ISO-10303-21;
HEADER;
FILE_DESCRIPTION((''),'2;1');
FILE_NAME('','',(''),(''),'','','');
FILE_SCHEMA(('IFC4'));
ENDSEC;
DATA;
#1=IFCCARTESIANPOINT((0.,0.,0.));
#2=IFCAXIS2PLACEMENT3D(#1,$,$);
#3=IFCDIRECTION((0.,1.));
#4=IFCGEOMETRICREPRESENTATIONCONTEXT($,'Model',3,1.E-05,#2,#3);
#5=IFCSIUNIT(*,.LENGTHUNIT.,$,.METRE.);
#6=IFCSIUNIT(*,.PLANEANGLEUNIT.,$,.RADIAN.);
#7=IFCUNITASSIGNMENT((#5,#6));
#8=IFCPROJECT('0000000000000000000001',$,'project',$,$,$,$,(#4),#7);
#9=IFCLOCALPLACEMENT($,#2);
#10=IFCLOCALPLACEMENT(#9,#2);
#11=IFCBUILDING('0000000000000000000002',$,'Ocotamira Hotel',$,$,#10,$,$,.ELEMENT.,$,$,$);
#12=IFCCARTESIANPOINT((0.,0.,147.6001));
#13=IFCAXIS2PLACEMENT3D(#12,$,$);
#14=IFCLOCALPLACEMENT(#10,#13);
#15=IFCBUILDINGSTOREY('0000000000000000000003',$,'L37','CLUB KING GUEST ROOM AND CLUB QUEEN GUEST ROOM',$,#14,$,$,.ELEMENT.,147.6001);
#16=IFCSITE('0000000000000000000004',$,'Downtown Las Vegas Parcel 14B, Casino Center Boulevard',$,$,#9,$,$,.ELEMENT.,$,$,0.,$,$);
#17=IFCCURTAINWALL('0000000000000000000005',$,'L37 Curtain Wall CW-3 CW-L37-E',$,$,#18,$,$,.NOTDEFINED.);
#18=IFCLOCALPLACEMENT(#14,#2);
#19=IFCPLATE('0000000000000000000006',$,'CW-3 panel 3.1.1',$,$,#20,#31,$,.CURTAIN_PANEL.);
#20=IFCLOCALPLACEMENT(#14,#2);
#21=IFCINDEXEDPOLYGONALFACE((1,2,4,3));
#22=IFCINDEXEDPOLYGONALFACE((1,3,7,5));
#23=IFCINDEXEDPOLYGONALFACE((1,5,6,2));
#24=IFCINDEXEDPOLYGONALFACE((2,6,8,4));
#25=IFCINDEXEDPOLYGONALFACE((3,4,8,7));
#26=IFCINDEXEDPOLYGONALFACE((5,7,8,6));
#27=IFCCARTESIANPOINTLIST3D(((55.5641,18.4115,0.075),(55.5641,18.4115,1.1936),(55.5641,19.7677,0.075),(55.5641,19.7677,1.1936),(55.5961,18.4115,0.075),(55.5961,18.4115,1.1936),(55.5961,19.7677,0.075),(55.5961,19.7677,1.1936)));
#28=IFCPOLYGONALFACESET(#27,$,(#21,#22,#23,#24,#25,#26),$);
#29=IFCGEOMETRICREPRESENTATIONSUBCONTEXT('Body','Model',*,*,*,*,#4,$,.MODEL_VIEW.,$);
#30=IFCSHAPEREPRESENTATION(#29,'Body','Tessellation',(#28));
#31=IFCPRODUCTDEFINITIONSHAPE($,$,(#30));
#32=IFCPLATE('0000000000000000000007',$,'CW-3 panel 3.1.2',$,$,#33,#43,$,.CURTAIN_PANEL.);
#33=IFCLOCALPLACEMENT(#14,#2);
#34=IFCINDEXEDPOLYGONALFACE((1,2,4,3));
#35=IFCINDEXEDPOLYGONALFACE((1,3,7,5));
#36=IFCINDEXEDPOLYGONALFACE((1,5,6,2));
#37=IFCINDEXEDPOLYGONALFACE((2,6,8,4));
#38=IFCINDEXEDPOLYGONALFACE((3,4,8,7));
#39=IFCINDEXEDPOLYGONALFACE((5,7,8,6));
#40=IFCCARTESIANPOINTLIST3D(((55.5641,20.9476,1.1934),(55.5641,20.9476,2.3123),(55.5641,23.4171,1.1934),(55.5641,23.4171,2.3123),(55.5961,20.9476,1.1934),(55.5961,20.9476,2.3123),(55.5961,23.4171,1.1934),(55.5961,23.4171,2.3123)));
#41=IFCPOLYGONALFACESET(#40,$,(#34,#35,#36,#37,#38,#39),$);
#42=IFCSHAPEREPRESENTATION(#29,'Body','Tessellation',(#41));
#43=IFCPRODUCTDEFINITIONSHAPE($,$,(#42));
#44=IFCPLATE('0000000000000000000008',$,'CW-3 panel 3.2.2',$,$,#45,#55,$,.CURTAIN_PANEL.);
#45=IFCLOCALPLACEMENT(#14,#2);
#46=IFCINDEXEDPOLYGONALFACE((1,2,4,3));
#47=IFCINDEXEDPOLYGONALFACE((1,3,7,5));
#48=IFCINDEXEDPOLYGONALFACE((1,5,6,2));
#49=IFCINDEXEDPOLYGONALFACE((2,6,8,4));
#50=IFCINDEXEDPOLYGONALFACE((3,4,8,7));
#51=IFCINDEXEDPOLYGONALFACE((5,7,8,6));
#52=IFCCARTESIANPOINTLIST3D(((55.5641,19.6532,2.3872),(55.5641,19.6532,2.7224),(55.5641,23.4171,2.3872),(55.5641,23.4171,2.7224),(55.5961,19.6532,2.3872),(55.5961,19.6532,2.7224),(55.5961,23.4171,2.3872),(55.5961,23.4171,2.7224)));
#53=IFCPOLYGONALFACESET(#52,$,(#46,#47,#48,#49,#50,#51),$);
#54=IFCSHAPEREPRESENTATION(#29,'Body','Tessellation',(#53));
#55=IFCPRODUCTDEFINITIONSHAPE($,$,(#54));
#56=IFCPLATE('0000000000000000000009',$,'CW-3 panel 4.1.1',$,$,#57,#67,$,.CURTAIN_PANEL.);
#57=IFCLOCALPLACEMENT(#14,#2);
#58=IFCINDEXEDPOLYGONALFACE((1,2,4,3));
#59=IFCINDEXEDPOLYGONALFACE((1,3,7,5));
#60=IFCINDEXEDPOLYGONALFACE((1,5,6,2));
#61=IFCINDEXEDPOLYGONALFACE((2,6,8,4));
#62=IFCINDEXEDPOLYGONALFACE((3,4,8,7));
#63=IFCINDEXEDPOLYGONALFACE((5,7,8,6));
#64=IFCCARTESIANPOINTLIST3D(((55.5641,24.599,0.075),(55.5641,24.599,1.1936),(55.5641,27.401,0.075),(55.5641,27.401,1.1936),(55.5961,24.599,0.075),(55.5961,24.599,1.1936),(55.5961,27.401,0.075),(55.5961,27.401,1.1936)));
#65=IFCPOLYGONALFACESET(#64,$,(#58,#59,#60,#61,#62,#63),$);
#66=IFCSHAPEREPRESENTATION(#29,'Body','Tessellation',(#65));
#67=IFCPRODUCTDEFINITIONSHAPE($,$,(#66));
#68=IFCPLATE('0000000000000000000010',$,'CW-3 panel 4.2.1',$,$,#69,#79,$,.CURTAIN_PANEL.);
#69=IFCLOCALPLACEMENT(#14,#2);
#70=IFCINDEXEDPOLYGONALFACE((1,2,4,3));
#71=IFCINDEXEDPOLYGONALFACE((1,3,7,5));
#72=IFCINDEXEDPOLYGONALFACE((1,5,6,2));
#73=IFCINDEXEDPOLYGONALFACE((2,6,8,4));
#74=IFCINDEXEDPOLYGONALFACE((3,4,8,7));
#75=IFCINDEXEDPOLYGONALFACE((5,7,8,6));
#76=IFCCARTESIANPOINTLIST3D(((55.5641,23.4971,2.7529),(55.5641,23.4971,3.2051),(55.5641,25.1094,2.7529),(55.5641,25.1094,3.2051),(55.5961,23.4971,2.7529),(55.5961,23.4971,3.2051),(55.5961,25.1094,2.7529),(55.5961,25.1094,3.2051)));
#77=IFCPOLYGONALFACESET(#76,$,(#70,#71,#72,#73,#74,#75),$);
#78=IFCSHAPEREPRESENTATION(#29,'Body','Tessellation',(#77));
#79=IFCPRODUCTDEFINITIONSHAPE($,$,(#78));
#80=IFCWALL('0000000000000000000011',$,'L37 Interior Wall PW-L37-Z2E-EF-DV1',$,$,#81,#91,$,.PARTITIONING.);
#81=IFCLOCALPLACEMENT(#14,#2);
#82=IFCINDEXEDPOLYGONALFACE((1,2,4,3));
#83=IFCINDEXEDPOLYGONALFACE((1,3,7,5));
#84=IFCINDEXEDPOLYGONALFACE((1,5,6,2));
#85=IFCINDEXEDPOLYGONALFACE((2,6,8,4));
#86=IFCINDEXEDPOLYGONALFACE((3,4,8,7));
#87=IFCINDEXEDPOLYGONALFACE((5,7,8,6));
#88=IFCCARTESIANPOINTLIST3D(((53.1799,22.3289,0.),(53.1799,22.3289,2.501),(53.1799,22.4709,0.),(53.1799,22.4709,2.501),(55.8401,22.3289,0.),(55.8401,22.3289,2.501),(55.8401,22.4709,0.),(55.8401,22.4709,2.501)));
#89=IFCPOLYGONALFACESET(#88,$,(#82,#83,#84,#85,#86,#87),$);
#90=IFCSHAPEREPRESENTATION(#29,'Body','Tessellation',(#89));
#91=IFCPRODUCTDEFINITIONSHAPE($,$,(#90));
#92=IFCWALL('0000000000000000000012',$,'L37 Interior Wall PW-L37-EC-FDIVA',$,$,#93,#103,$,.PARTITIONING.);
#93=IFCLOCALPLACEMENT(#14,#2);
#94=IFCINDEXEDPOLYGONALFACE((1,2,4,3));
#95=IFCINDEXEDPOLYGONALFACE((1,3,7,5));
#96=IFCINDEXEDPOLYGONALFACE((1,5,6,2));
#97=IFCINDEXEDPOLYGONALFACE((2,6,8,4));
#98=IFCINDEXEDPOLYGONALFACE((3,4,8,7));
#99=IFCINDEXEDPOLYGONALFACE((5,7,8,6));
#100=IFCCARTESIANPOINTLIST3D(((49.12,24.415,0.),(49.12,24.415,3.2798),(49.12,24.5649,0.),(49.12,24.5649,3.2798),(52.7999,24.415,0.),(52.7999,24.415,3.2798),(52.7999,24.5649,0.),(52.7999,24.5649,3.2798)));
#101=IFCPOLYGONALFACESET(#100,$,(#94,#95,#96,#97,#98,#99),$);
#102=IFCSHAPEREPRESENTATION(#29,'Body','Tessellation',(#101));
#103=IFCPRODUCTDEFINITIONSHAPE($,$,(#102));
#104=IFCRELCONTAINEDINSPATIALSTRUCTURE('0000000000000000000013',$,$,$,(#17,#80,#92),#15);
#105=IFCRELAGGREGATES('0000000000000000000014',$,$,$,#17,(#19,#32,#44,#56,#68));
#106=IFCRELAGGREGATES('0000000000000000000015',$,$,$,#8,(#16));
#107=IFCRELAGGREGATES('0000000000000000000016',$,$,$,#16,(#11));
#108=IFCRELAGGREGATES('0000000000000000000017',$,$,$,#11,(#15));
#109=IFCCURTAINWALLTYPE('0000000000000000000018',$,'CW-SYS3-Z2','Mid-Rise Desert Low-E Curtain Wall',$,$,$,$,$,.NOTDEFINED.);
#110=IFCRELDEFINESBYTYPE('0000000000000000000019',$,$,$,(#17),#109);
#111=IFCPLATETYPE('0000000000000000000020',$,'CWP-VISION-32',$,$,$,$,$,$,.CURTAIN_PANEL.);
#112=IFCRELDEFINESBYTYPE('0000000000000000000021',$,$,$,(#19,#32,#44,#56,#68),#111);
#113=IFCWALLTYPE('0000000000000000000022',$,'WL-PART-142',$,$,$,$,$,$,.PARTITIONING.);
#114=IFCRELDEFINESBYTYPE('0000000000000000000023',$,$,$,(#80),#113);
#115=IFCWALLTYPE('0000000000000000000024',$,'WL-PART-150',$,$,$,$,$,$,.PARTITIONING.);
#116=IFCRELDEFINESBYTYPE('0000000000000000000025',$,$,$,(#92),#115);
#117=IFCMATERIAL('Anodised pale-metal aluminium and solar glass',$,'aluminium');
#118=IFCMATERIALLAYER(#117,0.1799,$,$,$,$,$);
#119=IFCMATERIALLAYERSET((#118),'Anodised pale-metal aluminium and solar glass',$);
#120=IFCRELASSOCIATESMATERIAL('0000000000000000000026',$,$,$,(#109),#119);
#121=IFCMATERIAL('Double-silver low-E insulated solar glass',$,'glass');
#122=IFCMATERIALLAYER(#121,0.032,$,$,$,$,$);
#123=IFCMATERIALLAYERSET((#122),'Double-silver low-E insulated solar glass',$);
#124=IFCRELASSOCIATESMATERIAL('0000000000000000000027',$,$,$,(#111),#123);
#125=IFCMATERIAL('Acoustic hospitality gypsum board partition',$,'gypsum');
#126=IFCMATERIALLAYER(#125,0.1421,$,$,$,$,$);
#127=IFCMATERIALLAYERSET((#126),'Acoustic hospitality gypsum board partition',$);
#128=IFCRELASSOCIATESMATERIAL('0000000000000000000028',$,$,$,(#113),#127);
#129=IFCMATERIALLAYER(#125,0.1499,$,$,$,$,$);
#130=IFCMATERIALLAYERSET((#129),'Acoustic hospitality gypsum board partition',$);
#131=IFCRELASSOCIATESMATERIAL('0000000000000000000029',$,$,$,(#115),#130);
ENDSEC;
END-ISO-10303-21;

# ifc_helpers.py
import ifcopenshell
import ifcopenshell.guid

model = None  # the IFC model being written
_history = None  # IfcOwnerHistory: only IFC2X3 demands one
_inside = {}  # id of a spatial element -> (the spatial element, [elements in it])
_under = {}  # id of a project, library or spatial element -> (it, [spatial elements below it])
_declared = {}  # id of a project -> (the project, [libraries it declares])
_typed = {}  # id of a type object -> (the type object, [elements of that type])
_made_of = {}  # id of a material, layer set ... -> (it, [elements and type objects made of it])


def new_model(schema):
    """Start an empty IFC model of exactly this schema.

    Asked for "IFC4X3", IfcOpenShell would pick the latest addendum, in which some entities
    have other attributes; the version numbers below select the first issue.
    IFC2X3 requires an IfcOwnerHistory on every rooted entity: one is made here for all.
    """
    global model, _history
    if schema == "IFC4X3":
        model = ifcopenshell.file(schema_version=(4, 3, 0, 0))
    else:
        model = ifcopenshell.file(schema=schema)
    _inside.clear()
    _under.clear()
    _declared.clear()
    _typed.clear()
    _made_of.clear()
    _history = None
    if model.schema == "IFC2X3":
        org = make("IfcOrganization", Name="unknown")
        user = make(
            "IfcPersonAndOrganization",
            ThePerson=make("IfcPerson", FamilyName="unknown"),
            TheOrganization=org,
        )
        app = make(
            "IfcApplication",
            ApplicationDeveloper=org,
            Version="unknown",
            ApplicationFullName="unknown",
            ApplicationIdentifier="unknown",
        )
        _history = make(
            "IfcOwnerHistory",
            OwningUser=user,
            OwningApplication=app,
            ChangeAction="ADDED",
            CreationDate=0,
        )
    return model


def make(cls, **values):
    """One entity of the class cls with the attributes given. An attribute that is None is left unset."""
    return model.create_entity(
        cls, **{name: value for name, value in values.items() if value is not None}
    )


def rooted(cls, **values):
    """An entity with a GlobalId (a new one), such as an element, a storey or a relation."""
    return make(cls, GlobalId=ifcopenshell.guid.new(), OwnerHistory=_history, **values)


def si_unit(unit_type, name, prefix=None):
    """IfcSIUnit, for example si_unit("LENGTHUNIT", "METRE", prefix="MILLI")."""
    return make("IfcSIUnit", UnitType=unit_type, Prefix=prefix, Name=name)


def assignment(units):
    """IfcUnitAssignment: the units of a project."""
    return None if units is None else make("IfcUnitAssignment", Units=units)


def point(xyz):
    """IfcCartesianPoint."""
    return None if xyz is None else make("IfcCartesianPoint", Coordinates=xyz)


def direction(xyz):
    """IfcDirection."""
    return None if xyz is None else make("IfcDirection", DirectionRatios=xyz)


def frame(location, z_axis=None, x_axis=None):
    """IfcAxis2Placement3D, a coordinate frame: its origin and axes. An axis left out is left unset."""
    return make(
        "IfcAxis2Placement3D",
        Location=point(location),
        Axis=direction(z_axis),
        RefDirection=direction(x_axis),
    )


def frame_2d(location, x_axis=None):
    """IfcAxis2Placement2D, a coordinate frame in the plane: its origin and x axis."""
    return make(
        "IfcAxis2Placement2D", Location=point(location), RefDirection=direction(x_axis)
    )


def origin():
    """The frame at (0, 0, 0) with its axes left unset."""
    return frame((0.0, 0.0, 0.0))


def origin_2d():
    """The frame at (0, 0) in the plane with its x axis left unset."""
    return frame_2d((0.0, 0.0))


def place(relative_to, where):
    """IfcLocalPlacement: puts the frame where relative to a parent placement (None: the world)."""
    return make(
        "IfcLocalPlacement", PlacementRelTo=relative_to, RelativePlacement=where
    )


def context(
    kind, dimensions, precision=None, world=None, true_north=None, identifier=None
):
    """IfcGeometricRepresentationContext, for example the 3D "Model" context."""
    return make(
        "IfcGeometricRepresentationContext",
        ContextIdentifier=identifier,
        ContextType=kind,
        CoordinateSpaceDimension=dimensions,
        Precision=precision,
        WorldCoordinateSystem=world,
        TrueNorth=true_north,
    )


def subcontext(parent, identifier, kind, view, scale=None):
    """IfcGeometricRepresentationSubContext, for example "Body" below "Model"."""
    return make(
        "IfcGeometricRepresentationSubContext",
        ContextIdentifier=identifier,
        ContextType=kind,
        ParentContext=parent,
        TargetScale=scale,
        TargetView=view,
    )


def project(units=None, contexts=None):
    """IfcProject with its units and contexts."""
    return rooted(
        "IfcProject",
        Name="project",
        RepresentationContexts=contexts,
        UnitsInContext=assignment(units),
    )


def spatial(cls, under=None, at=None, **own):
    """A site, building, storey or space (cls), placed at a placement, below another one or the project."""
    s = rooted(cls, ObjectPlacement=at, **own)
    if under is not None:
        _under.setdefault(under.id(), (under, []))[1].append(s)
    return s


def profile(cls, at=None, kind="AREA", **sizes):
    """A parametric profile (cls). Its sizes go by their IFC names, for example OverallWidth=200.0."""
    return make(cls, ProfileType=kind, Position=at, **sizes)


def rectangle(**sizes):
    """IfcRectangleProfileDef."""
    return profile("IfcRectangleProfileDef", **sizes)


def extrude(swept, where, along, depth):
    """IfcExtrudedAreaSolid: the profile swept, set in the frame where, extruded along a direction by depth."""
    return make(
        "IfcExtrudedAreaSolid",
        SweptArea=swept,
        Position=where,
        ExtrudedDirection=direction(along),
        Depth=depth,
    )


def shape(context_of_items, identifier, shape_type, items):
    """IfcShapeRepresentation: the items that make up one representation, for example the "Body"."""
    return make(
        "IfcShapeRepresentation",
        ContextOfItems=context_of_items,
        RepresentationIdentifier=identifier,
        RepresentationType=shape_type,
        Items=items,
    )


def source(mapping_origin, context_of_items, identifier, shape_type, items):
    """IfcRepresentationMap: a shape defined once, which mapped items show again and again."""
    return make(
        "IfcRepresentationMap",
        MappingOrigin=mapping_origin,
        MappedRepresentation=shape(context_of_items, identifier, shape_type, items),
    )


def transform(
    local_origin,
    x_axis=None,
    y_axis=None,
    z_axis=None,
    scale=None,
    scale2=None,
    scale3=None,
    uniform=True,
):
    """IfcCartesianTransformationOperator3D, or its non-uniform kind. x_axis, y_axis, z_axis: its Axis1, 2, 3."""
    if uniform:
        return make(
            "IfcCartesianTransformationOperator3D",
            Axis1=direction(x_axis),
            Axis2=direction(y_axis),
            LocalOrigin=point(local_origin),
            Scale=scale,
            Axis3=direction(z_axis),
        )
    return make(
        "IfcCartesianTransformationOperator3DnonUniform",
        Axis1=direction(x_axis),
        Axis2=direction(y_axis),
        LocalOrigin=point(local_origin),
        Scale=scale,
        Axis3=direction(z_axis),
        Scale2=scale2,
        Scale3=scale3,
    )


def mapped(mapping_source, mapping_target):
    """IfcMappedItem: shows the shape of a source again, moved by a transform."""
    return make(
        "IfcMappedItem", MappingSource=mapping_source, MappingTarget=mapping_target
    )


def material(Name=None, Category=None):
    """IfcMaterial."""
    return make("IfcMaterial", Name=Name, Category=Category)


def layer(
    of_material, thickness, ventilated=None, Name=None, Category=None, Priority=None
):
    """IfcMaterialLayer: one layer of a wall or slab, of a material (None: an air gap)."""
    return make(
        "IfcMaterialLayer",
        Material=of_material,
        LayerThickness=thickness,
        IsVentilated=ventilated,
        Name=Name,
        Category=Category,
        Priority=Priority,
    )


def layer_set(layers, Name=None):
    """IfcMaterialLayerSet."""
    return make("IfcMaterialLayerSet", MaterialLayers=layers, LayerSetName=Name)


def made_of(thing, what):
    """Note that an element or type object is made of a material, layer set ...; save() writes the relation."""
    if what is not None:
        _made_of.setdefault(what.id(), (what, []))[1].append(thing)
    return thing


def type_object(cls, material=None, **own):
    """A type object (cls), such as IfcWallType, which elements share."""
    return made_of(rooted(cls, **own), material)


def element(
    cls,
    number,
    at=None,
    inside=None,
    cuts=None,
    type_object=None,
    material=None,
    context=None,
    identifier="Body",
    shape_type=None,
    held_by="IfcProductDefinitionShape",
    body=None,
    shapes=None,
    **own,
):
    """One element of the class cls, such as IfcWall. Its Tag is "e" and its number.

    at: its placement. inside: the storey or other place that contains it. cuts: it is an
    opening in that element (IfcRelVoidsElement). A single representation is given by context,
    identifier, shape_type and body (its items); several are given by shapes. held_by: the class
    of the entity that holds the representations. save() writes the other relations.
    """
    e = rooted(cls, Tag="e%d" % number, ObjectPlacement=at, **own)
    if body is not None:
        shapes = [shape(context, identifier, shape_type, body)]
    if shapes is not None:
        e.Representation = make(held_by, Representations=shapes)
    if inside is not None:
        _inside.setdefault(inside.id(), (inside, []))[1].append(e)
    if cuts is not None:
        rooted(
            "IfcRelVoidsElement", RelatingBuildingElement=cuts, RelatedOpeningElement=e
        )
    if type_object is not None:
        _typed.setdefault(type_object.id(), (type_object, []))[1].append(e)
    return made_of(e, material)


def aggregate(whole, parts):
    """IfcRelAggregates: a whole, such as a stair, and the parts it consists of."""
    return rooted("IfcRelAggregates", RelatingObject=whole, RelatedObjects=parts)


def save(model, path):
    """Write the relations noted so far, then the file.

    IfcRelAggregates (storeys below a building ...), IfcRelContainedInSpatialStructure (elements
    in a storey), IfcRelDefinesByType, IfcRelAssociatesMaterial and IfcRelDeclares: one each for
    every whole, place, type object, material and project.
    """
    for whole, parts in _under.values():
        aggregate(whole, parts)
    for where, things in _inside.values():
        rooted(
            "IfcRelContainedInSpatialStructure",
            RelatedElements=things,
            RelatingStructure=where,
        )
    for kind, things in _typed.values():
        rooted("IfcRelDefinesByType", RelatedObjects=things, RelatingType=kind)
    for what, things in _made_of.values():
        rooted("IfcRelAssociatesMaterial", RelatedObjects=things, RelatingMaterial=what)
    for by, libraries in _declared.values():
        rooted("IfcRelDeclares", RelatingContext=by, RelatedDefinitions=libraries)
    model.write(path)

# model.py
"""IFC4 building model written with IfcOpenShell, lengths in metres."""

from ifc_helpers import new_model, si_unit, direction, frame, frame_2d, origin, origin_2d, place, context, subcontext, project, spatial, rectangle, extrude, source, transform, mapped, material, layer, layer_set, type_object, element, aggregate, save


model = new_model("IFC4")

# Units and contexts
model_context = context("Model", 3, precision=1e-05, world=origin(), true_north=direction((0.0, 1.0)))
body_context = subcontext(model_context, "Body", "Model", "MODEL_VIEW")
ifc_project = project(units=[si_unit("LENGTHUNIT", "METRE"), si_unit("PLANEANGLEUNIT", "RADIAN")], contexts=[model_context])

# Site, building, storey
site_placement = place(None, origin())
site = spatial("IfcSite", under=ifc_project, at=site_placement, Name="Downtown Las Vegas Parcel 14B, Casino Center Boulevard", CompositionType="ELEMENT", RefElevation=0.0)
building_placement = place(site_placement, origin())
building = spatial("IfcBuilding", under=site, at=building_placement, Name="Ocotamira Hotel", CompositionType="ELEMENT")
storey_placement = place(building_placement, frame((0.0, 0.0, 147.6001)))
storey = spatial("IfcBuildingStorey", under=building, at=storey_placement, Name="L37", Description="CLUB KING GUEST ROOM AND CLUB QUEEN GUEST ROOM", CompositionType="ELEMENT", Elevation=147.6001)

# Curtain wall
ifc_material_1 = material(Name="Anodised pale-metal aluminium and solar glass", Category="aluminium")
ifc_layer_1 = layer(ifc_material_1, 0.1799)
ifc_layer_set_1 = layer_set([ifc_layer_1], Name="Anodised pale-metal aluminium and solar glass")
curtain_wall_type = type_object("IfcCurtainWallType", Name="CW-SYS3-Z2", Description="Mid-Rise Desert Low-E Curtain Wall", PredefinedType="NOTDEFINED", material=ifc_layer_set_1)
curtain_wall_placement = place(storey_placement, origin())
curtain_wall = element("IfcCurtainWall", 1, at=curtain_wall_placement, inside=storey, type_object=curtain_wall_type, Name="L37 Curtain Wall CW-3 CW-L37-E", PredefinedType="NOTDEFINED")

# Plates
ifc_material_2 = material(Name="Double-silver low-E insulated solar glass", Category="glass")
ifc_layer_2 = layer(ifc_material_2, 0.032)
ifc_layer_set_2 = layer_set([ifc_layer_2], Name="Double-silver low-E insulated solar glass")
plate_type_1 = type_object("IfcPlateType", Name="CWP-VISION-32", PredefinedType="CURTAIN_PANEL", material=ifc_layer_set_2)
shared_shape_1 = source(origin(), body_context, "Body", "SweptSolid", [
    extrude(rectangle(XDim=1.3562, YDim=0.032, at=origin_2d()), origin(), (0.0, 0.0, 1.0), 1.1187),
])
plate_1_placement = place(storey_placement, frame((55.5801, 19.0896, 0.075), z_axis=(0.0, 0.0, 1.0), x_axis=(0.0, 1.0, 0.0)))
plate_1 = element("IfcPlate", 2, at=plate_1_placement, type_object=plate_type_1, Name="CW-3 panel 3.1.1", PredefinedType="CURTAIN_PANEL", context=body_context, shape_type="MappedRepresentation", body=[
    mapped(shared_shape_1, transform((0.0, 0.0, 0.0), scale=1.0)),
])
shared_shape_2 = source(origin(), body_context, "Body", "SweptSolid", [
    extrude(rectangle(XDim=2.4695, YDim=0.032, at=origin_2d()), origin(), (0.0, 0.0, 1.0), 1.1189),
])
plate_2_placement = place(storey_placement, frame((55.5801, 22.1824, 1.1934), z_axis=(0.0, 0.0, 1.0), x_axis=(0.0, 1.0, 0.0)))
plate_2 = element("IfcPlate", 3, at=plate_2_placement, type_object=plate_type_1, Name="CW-3 panel 3.1.2", PredefinedType="CURTAIN_PANEL", context=body_context, shape_type="MappedRepresentation", body=[
    mapped(shared_shape_2, transform((0.0, 0.0, 0.0), scale=1.0)),
])
shared_shape_3 = source(origin(), body_context, "Body", "SweptSolid", [
    extrude(rectangle(XDim=3.7639, YDim=0.032, at=origin_2d()), origin(), (0.0, 0.0, 1.0), 0.3352),
])
plate_3_placement = place(storey_placement, frame((55.5801, 21.5352, 2.3872), z_axis=(0.0, 0.0, 1.0), x_axis=(0.0, 1.0, 0.0)))
plate_3 = element("IfcPlate", 4, at=plate_3_placement, type_object=plate_type_1, Name="CW-3 panel 3.2.2", PredefinedType="CURTAIN_PANEL", context=body_context, shape_type="MappedRepresentation", body=[
    mapped(shared_shape_3, transform((0.0, 0.0, 0.0), scale=1.0)),
])
shared_shape_4 = source(origin(), body_context, "Body", "SweptSolid", [
    extrude(rectangle(XDim=2.802, YDim=0.032, at=origin_2d()), origin(), (0.0, 0.0, 1.0), 1.1187),
])
plate_4_placement = place(storey_placement, frame((55.5801, 26.0, 0.075), z_axis=(0.0, 0.0, 1.0), x_axis=(0.0, 1.0, 0.0)))
plate_4 = element("IfcPlate", 5, at=plate_4_placement, type_object=plate_type_1, Name="CW-3 panel 4.1.1", PredefinedType="CURTAIN_PANEL", context=body_context, shape_type="MappedRepresentation", body=[
    mapped(shared_shape_4, transform((0.0, 0.0, 0.0), scale=1.0)),
])
shared_shape_5 = source(origin(), body_context, "Body", "SweptSolid", [
    extrude(rectangle(XDim=1.6123, YDim=0.032, at=origin_2d()), origin(), (0.0, 0.0, 1.0), 0.4521),
])
plate_5_placement = place(storey_placement, frame((55.5801, 24.3032, 2.7529), z_axis=(0.0, 0.0, 1.0), x_axis=(0.0, 1.0, 0.0)))
plate_5 = element("IfcPlate", 6, at=plate_5_placement, type_object=plate_type_1, Name="CW-3 panel 4.2.1", PredefinedType="CURTAIN_PANEL", context=body_context, shape_type="MappedRepresentation", body=[
    mapped(shared_shape_5, transform((0.0, 0.0, 0.0), scale=1.0)),
])
aggregate(curtain_wall, [plate_1, plate_2, plate_3, plate_4, plate_5])

# Walls
ifc_material_3 = material(Name="Acoustic hospitality gypsum board partition", Category="gypsum")
ifc_layer_3 = layer(ifc_material_3, 0.1421)
ifc_layer_set_3 = layer_set([ifc_layer_3], Name="Acoustic hospitality gypsum board partition")
wall_type_1 = type_object("IfcWallType", Name="WL-PART-142", PredefinedType="PARTITIONING", material=ifc_layer_set_3)
wall_1_placement = place(storey_placement, frame((53.1799, 22.3999, 0.0), z_axis=(0.0, 0.0, 1.0), x_axis=(1.0, 0.0, 0.0)))
element("IfcWall", 7, at=wall_1_placement, inside=storey, type_object=wall_type_1, Name="L37 Interior Wall PW-L37-Z2E-EF-DV1", PredefinedType="PARTITIONING", context=body_context, shape_type="SweptSolid", body=[
    extrude(rectangle(XDim=2.6602, YDim=0.1421, at=frame_2d((1.3301, 0.0))), origin(), (0.0, 0.0, 1.0), 2.501),
])
ifc_layer_4 = layer(ifc_material_3, 0.1499)
ifc_layer_set_4 = layer_set([ifc_layer_4], Name="Acoustic hospitality gypsum board partition")
wall_type_2 = type_object("IfcWallType", Name="WL-PART-150", PredefinedType="PARTITIONING", material=ifc_layer_set_4)
wall_2_placement = place(storey_placement, frame((49.1201, 24.49, 0.0), z_axis=(0.0, 0.0, 1.0), x_axis=(1.0, 0.0, 0.0)))
element("IfcWall", 8, at=wall_2_placement, inside=storey, type_object=wall_type_2, Name="L37 Interior Wall PW-L37-EC-FDIVA", PredefinedType="PARTITIONING", context=body_context, shape_type="SweptSolid", body=[
    extrude(rectangle(XDim=3.6799, YDim=0.1499, at=frame_2d((1.8398, 0.0))), origin(), (0.0, 0.0, 1.0), 3.2798),
])

save(model, "model.ifc")
